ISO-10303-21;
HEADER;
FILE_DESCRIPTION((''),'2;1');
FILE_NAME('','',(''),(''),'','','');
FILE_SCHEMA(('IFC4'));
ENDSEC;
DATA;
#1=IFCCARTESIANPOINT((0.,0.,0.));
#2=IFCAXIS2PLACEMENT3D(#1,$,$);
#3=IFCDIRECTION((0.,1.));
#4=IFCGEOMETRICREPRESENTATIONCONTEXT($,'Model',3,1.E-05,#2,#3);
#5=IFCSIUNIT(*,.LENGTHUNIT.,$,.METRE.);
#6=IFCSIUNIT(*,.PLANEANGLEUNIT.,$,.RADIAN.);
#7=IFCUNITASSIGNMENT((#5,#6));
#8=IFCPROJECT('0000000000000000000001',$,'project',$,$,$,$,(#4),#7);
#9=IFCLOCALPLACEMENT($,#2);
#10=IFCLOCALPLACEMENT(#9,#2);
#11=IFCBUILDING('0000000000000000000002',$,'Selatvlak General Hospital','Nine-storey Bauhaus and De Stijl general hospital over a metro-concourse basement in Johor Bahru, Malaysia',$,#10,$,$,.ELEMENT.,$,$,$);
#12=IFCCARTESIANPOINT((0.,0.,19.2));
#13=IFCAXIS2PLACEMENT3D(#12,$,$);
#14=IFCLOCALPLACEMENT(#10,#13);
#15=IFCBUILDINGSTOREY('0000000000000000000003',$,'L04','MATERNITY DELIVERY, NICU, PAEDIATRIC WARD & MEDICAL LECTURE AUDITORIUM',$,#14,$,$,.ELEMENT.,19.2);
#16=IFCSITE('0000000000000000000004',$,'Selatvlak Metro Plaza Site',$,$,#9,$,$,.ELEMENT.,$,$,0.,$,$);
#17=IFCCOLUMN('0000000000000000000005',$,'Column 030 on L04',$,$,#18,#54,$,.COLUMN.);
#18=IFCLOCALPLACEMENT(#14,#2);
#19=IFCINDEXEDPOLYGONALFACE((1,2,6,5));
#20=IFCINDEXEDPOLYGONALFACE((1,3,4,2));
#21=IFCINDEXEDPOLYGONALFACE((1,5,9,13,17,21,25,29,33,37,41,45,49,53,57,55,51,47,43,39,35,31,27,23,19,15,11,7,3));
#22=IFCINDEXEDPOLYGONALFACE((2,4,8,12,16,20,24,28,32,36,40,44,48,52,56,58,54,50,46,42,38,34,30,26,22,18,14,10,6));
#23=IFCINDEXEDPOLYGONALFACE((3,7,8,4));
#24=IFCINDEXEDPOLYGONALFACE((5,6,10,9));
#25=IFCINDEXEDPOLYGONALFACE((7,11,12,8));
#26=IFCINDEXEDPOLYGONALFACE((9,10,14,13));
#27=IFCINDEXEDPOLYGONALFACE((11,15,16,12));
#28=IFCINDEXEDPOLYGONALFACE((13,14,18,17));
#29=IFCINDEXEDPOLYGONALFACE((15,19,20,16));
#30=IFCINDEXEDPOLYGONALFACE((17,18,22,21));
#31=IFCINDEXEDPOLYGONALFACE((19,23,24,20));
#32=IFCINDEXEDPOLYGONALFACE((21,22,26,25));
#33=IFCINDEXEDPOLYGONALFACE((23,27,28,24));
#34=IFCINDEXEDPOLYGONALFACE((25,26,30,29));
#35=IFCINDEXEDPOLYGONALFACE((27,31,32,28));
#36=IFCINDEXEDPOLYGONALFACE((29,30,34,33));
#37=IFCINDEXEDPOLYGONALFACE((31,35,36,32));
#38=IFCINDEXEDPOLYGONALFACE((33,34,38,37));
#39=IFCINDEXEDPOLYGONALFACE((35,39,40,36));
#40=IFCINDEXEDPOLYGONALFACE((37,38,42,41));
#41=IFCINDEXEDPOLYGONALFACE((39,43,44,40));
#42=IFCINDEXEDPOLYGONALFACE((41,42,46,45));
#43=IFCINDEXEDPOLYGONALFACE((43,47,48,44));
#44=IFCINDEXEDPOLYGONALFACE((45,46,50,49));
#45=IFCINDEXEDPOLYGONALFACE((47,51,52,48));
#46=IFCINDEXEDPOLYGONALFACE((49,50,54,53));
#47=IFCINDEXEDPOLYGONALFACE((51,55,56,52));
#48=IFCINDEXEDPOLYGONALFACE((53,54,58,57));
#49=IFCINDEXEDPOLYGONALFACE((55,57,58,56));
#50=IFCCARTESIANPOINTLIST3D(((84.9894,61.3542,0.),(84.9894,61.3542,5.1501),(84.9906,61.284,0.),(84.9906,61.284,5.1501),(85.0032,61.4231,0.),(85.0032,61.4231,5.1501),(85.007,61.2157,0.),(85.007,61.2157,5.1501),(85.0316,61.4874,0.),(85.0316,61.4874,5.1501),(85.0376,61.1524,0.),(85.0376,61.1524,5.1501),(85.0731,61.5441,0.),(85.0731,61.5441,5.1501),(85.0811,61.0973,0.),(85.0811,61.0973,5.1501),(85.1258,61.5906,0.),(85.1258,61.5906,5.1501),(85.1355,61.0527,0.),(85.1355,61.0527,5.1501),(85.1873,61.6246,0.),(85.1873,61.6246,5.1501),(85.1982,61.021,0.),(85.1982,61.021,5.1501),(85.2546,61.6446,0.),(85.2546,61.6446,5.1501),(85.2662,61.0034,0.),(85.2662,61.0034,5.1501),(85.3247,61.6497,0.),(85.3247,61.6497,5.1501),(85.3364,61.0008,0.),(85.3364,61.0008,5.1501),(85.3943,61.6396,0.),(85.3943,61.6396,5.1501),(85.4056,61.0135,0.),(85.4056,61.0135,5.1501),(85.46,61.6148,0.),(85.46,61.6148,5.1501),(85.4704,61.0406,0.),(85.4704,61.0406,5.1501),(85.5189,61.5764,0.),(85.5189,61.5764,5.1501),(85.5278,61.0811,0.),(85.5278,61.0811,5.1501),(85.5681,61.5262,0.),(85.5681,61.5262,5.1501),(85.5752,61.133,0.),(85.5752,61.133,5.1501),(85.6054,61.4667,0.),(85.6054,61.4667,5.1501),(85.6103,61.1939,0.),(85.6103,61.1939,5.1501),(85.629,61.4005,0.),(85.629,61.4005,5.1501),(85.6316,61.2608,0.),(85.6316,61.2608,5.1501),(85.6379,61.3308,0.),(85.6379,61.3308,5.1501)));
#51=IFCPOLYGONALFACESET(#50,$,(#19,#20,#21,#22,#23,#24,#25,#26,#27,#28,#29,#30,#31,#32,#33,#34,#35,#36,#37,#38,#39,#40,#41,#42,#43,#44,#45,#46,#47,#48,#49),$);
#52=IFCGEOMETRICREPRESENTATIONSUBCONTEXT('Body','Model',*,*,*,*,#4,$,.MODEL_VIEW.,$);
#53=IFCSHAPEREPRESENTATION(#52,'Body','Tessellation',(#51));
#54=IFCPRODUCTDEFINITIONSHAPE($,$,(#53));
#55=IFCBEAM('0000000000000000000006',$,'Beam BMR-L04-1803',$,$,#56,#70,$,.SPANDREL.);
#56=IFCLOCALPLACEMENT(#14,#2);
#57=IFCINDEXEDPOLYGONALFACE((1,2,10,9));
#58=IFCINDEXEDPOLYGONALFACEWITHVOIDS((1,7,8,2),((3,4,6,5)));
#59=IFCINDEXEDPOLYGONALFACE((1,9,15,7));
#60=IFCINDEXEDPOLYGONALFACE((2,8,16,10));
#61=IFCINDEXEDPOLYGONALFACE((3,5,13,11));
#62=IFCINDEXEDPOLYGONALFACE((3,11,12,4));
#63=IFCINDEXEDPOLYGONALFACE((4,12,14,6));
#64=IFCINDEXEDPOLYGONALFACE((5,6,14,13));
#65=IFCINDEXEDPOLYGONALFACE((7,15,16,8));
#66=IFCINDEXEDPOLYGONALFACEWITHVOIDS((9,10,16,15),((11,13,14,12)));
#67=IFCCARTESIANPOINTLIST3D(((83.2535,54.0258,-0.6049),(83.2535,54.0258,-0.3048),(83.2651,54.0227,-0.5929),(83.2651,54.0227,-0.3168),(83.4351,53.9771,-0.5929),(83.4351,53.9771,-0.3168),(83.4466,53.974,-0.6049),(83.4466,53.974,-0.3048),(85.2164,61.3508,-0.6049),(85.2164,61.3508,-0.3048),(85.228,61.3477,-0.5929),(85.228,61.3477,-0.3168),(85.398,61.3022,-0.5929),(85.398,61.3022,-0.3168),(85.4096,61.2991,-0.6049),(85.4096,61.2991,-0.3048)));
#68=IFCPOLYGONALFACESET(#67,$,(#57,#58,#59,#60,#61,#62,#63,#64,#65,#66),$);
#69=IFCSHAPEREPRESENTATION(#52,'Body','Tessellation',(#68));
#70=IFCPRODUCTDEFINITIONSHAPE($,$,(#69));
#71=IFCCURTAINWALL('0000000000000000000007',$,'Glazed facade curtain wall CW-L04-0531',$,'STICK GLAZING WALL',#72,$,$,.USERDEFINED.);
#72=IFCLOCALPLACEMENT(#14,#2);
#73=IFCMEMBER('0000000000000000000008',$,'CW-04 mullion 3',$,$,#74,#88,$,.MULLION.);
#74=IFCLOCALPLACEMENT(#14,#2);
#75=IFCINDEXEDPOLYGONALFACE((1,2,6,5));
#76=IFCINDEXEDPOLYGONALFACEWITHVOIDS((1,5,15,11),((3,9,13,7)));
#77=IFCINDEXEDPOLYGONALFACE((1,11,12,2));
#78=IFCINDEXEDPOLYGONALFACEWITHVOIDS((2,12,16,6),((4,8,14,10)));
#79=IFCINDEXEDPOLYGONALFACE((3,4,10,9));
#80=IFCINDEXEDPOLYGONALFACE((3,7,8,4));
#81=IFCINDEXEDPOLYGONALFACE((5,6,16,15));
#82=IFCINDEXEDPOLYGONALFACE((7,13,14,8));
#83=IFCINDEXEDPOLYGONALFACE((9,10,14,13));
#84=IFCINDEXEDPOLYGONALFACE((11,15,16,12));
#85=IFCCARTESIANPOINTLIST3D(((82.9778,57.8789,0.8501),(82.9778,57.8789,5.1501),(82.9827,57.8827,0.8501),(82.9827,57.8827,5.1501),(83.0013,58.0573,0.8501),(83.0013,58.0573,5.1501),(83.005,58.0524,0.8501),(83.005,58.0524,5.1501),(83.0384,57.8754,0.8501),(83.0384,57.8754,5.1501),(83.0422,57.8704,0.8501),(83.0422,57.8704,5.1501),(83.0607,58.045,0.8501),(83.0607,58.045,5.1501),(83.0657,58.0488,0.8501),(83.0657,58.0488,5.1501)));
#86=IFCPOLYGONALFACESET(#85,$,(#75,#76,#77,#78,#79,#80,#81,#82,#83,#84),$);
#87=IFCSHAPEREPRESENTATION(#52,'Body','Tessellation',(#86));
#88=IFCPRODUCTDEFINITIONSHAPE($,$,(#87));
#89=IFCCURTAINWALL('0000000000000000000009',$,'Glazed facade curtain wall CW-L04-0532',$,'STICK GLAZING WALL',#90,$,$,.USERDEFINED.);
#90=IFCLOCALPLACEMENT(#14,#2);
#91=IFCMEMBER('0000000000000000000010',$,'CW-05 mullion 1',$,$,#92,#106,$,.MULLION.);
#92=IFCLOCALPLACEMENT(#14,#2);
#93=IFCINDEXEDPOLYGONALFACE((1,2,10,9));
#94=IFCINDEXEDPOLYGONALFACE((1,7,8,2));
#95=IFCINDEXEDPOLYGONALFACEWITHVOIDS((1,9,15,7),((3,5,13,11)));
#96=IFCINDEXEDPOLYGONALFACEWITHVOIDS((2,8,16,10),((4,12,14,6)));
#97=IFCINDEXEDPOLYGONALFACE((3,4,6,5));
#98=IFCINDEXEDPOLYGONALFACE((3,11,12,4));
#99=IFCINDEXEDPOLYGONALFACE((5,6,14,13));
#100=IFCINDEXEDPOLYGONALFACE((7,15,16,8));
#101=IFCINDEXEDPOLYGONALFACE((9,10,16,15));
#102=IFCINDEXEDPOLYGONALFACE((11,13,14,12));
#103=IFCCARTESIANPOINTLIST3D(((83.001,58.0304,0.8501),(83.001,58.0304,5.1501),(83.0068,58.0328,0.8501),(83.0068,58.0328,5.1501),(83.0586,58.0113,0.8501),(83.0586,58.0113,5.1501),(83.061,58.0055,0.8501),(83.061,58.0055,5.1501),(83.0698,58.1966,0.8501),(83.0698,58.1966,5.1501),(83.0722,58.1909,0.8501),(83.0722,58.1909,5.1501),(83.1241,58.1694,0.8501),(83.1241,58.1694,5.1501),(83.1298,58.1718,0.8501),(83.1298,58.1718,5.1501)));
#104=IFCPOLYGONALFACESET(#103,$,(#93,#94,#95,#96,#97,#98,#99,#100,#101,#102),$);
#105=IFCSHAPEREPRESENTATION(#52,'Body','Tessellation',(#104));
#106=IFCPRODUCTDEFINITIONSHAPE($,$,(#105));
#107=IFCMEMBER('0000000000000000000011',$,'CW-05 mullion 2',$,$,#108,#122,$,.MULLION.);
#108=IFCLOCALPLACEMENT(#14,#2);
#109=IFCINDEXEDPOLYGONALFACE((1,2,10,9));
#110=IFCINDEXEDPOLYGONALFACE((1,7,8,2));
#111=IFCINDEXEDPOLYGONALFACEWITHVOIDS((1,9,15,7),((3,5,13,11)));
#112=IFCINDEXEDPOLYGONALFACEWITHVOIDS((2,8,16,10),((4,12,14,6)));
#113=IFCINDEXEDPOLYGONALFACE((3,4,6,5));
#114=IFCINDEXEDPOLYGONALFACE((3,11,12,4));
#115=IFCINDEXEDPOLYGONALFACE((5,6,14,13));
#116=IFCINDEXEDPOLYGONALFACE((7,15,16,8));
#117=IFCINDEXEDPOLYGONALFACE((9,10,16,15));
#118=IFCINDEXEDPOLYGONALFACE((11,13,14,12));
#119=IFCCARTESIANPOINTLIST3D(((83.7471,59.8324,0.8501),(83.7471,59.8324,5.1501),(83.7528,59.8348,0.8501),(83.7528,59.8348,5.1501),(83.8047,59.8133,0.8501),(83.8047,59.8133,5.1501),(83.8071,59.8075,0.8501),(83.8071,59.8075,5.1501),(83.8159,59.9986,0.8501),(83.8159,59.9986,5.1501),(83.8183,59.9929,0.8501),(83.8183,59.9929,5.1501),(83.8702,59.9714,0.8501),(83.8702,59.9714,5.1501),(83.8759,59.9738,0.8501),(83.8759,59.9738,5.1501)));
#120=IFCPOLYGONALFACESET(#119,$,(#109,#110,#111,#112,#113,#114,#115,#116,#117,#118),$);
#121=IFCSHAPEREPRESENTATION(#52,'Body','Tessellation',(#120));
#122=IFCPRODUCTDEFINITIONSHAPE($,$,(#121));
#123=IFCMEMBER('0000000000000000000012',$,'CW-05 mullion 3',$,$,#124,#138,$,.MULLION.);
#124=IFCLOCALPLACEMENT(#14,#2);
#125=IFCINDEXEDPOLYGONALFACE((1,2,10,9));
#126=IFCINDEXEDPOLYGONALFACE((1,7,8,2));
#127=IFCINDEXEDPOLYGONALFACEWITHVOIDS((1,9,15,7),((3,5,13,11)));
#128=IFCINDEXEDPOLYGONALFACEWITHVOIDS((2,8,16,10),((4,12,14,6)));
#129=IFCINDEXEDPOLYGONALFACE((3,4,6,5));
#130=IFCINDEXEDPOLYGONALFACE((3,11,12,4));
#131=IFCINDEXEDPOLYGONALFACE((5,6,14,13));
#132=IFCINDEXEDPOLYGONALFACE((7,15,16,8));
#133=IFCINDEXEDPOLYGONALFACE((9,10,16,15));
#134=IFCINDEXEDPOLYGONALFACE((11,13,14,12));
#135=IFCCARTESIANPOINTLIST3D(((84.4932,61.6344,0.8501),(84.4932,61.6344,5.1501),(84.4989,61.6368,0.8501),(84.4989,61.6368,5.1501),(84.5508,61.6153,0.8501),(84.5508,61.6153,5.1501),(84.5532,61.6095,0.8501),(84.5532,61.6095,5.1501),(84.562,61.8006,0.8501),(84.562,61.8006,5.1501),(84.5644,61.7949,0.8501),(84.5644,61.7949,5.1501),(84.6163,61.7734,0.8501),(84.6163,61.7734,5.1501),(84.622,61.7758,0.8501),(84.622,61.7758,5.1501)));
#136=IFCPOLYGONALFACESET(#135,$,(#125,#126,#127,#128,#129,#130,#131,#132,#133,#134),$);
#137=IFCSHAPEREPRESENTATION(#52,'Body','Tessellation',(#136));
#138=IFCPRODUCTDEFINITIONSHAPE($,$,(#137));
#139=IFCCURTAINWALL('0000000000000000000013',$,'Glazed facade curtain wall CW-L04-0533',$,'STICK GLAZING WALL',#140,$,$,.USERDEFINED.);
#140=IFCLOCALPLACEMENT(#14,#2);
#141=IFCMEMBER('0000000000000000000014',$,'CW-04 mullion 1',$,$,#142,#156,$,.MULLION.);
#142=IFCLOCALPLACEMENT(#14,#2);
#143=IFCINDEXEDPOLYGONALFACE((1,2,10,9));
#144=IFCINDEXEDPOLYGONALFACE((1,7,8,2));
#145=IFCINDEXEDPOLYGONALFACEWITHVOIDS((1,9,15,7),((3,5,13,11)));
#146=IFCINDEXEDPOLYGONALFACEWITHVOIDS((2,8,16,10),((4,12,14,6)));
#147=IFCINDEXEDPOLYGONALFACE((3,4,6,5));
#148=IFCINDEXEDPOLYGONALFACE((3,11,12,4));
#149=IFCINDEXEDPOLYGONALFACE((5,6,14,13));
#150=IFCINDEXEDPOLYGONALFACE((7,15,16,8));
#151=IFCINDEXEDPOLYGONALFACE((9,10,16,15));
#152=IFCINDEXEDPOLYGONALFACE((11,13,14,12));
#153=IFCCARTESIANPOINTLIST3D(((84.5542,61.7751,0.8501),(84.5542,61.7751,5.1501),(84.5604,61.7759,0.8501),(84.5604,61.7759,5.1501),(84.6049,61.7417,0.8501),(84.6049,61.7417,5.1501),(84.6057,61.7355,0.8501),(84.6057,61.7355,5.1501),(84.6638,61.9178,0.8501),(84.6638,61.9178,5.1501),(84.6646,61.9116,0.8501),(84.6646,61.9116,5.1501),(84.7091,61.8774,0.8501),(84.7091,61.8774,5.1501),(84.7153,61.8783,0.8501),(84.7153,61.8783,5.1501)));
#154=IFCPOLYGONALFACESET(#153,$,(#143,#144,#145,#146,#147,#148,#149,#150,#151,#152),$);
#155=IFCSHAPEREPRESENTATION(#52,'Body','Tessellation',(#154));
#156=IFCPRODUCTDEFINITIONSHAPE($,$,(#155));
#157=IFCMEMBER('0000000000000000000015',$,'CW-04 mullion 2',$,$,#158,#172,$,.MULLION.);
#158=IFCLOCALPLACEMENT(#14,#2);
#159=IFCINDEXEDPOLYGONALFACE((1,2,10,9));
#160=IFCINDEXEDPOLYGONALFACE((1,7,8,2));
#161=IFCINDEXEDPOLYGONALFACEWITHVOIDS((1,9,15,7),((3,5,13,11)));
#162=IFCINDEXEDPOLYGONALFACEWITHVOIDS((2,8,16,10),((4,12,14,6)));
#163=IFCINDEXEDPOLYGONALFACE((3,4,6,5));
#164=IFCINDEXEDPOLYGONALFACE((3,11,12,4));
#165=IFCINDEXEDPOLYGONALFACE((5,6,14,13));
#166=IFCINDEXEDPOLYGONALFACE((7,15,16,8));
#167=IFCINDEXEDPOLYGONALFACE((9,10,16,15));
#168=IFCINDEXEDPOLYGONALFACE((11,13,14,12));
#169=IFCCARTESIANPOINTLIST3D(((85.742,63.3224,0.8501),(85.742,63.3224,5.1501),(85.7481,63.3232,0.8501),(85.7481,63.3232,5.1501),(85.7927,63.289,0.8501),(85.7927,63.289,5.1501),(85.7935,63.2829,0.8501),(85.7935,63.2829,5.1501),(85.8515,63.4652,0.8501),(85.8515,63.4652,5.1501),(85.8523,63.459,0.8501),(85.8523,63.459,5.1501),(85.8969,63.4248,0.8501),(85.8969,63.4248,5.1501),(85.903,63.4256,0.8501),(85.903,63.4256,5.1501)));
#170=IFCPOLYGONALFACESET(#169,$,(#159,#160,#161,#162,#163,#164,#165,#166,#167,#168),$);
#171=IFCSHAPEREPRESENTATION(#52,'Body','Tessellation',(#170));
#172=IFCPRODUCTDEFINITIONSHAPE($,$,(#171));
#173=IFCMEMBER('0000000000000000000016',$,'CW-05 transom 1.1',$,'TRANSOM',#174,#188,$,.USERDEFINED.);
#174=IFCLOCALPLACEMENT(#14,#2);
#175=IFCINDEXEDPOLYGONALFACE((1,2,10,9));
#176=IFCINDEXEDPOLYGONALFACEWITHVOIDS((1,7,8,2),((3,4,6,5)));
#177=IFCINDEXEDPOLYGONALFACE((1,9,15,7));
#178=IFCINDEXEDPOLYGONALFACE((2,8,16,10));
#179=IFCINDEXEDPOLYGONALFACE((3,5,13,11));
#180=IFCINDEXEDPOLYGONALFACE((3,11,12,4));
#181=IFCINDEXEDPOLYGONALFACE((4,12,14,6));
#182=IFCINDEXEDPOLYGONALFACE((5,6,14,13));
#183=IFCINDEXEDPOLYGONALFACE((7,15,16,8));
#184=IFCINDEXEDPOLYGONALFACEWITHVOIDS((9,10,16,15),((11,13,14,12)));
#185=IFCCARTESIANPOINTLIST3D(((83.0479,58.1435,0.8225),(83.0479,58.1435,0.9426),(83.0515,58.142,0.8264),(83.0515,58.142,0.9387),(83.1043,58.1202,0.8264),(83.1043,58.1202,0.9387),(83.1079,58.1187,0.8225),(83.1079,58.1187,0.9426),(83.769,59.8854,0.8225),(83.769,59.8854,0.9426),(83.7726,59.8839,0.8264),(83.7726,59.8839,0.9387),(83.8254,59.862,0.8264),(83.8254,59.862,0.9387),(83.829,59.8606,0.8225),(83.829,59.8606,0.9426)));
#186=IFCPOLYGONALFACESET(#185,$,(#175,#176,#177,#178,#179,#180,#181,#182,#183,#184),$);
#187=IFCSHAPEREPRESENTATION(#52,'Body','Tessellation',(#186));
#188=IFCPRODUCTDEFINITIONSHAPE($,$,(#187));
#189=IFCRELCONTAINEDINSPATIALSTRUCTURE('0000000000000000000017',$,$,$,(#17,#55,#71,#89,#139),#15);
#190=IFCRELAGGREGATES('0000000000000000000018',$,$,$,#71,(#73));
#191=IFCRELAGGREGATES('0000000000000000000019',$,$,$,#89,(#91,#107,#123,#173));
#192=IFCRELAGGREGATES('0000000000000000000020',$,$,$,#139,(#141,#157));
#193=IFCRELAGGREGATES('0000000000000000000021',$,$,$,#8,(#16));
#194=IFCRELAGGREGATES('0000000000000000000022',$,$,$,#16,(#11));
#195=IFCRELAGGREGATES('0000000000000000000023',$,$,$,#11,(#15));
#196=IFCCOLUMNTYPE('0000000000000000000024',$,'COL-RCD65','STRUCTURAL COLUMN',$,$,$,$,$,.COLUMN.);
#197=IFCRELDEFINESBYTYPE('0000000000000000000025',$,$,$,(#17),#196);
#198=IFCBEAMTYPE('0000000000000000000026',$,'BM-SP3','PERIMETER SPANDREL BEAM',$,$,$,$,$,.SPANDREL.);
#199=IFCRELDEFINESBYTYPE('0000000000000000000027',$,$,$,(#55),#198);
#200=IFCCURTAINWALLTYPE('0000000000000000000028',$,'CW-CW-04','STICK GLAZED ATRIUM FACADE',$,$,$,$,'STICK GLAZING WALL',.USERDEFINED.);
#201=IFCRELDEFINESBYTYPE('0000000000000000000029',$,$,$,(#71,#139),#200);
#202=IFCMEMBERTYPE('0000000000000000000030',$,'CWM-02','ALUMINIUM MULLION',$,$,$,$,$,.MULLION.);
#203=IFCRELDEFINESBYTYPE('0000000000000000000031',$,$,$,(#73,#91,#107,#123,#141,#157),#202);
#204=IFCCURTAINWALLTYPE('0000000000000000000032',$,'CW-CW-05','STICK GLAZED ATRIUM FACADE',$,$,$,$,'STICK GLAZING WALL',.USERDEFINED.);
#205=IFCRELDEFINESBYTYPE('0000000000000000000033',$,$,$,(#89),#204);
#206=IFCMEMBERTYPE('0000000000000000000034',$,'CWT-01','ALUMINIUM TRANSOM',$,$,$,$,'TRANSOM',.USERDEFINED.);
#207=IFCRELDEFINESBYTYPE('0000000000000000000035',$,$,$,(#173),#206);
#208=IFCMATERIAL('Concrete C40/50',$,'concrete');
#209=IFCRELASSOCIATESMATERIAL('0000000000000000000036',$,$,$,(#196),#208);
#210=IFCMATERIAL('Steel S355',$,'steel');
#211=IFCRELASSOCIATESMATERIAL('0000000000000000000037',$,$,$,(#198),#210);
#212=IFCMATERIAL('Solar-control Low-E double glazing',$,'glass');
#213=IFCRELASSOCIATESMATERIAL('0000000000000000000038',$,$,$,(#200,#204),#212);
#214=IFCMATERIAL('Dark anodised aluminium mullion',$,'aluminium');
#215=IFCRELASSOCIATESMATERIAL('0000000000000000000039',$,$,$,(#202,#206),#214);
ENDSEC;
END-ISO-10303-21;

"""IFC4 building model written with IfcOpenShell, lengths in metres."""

from ifc_helpers import new_model, si_unit, direction, frame, origin, origin_2d, place, context, subcontext, project, spatial, hollow_rectangle, circle, extrude, material, material_profile, profile_set, type_object, element, aggregate, save


model = new_model("IFC4")

# Units and contexts
model_context = context("Model", 3, precision=1e-05, world=origin(), true_north=direction((0.0, 1.0)))
body_context = subcontext(model_context, "Body", "Model", "MODEL_VIEW")
ifc_project = project(units=[si_unit("LENGTHUNIT", "METRE"), si_unit("PLANEANGLEUNIT", "RADIAN")], contexts=[model_context])

# Site, building, storey
site_placement = place(None, origin())
site = spatial("IfcSite", under=ifc_project, at=site_placement, Name="Selatvlak Metro Plaza Site", CompositionType="ELEMENT", RefElevation=0.0)
building_placement = place(site_placement, origin())
building = spatial("IfcBuilding", under=site, at=building_placement, Name="Selatvlak General Hospital", Description="Nine-storey Bauhaus and De Stijl general hospital over a metro-concourse basement in Johor Bahru, Malaysia", CompositionType="ELEMENT")
storey_placement = place(building_placement, frame((0.0, 0.0, 19.2)))
storey = spatial("IfcBuildingStorey", under=building, at=storey_placement, Name="L04", Description="MATERNITY DELIVERY, NICU, PAEDIATRIC WARD & MEDICAL LECTURE AUDITORIUM", CompositionType="ELEMENT", Elevation=19.2)

# Column
ifc_material_1 = material(Name="Concrete C40/50", Category="concrete")
ifc_material_profile_1 = material_profile(ifc_material_1, circle(Radius=0.325, at=origin_2d()), Name="RC-COL D650")
ifc_profile_set_1 = profile_set([ifc_material_profile_1], Name="Concrete C40/50")
column_type = type_object("IfcColumnType", Name="COL-RCD65", Description="STRUCTURAL COLUMN", PredefinedType="COLUMN", material=ifc_profile_set_1)
column_placement = place(storey_placement, frame((85.313, 61.325, 0.0), z_axis=(0.0, 0.0, 1.0), x_axis=(-0.866025, 0.5, 0.0)))
element("IfcColumn", 1, at=column_placement, inside=storey, type_object=column_type, Name="Column 030 on L04", PredefinedType="COLUMN", context=body_context, shape_type="SweptSolid", body=[
    extrude(circle(Radius=0.325, at=origin_2d()), origin(), (0.0, 0.0, 1.0), 5.1501),
])

# Beam
ifc_material_2 = material(Name="Steel S355", Category="steel")
ifc_material_profile_2 = material_profile(ifc_material_2, hollow_rectangle(XDim=0.2, YDim=0.3, WallThickness=0.012, at=origin_2d()), Name="RHS 300x200x12")
ifc_profile_set_2 = profile_set([ifc_material_profile_2], Name="Steel S355")
beam_type = type_object("IfcBeamType", Name="BM-SP3", Description="PERIMETER SPANDREL BEAM", PredefinedType="SPANDREL", material=ifc_profile_set_2)
beam_placement = place(storey_placement, frame((85.313, 61.325, -0.4548), z_axis=(-0.258841, -0.96592, 0.0), x_axis=(0.96592, -0.258841, 0.0)))
element("IfcBeam", 2, at=beam_placement, inside=storey, type_object=beam_type, Name="Beam BMR-L04-1803", PredefinedType="SPANDREL", context=body_context, shape_type="SweptSolid", body=[
    extrude(hollow_rectangle(XDim=0.2, YDim=0.3, WallThickness=0.012, at=origin_2d()), origin(), (0.0, 0.0, 1.0), 7.5835),
])

# Curtain wall, member
ifc_material_3 = material(Name="Solar-control Low-E double glazing", Category="glass")
curtain_wall_type_1 = type_object("IfcCurtainWallType", Name="CW-CW-04", Description="STICK GLAZED ATRIUM FACADE", ElementType="STICK GLAZING WALL", PredefinedType="USERDEFINED", material=ifc_material_3)
curtain_wall_1_placement = place(storey_placement, origin())
curtain_wall_1 = element("IfcCurtainWall", 3, at=curtain_wall_1_placement, inside=storey, type_object=curtain_wall_type_1, Name="Glazed facade curtain wall CW-L04-0531", ObjectType="STICK GLAZING WALL", PredefinedType="USERDEFINED")
ifc_material_4 = material(Name="Dark anodised aluminium mullion", Category="aluminium")
ifc_material_profile_3 = material_profile(ifc_material_4, hollow_rectangle(XDim=0.0649, YDim=0.1799, WallThickness=0.0044, at=origin_2d()), Name="AL-MUL 65x180x4.5")
ifc_profile_set_3 = profile_set([ifc_material_profile_3], Name="Dark anodised aluminium mullion")
member_type_1 = type_object("IfcMemberType", Name="CWM-02", Description="ALUMINIUM MULLION", PredefinedType="MULLION", material=ifc_profile_set_3)
member_1_placement = place(storey_placement, frame((83.0217, 57.9639, 0.8501), z_axis=(0.0, 0.0, 1.0), x_axis=(-0.991466, 0.130363, 0.0)))
member_1 = element("IfcMember", 4, at=member_1_placement, type_object=member_type_1, Name="CW-04 mullion 3", PredefinedType="MULLION", context=body_context, shape_type="SweptSolid", body=[
    extrude(hollow_rectangle(XDim=0.0649, YDim=0.1799, WallThickness=0.0044, at=origin_2d()), origin(), (0.0, 0.0, 1.0), 4.3),
])

# Curtain walls, members
curtain_wall_type_2 = type_object("IfcCurtainWallType", Name="CW-CW-05", Description="STICK GLAZED ATRIUM FACADE", ElementType="STICK GLAZING WALL", PredefinedType="USERDEFINED", material=ifc_material_3)
curtain_wall_2_placement = place(storey_placement, origin())
curtain_wall_2 = element("IfcCurtainWall", 5, at=curtain_wall_2_placement, inside=storey, type_object=curtain_wall_type_2, Name="Glazed facade curtain wall CW-L04-0532", ObjectType="STICK GLAZING WALL", PredefinedType="USERDEFINED")
member_2_placement = place(storey_placement, frame((83.0654, 58.1011, 0.8501), z_axis=(0.0, 0.0, 1.0), x_axis=(-0.92394, 0.382537, 0.0)))
member_2 = element("IfcMember", 6, at=member_2_placement, type_object=member_type_1, Name="CW-05 mullion 1", PredefinedType="MULLION", context=body_context, shape_type="SweptSolid", body=[
    extrude(hollow_rectangle(XDim=0.0649, YDim=0.1799, WallThickness=0.0044, at=origin_2d()), origin(), (0.0, 0.0, 1.0), 4.3),
])
member_3_placement = place(storey_placement, frame((83.8115, 59.9031, 0.8501), z_axis=(0.0, 0.0, 1.0), x_axis=(-0.92394, 0.382537, 0.0)))
member_3 = element("IfcMember", 7, at=member_3_placement, type_object=member_type_1, Name="CW-05 mullion 2", PredefinedType="MULLION", context=body_context, shape_type="SweptSolid", body=[
    extrude(hollow_rectangle(XDim=0.0649, YDim=0.1799, WallThickness=0.0044, at=origin_2d()), origin(), (0.0, 0.0, 1.0), 4.3),
])
member_4_placement = place(storey_placement, frame((84.5576, 61.7051, 0.8501), z_axis=(0.0, 0.0, 1.0), x_axis=(-0.92394, 0.382537, 0.0)))
member_4 = element("IfcMember", 8, at=member_4_placement, type_object=member_type_1, Name="CW-05 mullion 3", PredefinedType="MULLION", context=body_context, shape_type="SweptSolid", body=[
    extrude(hollow_rectangle(XDim=0.0649, YDim=0.1799, WallThickness=0.0044, at=origin_2d()), origin(), (0.0, 0.0, 1.0), 4.3),
])
curtain_wall_3_placement = place(storey_placement, origin())
curtain_wall_3 = element("IfcCurtainWall", 9, at=curtain_wall_3_placement, inside=storey, type_object=curtain_wall_type_1, Name="Glazed facade curtain wall CW-L04-0533", ObjectType="STICK GLAZING WALL", PredefinedType="USERDEFINED")
member_5_placement = place(storey_placement, frame((84.6348, 61.8267, 0.8501), z_axis=(0.0, 0.0, 1.0), x_axis=(-0.793233, 0.608918, 0.0)))
member_5 = element("IfcMember", 10, at=member_5_placement, type_object=member_type_1, Name="CW-04 mullion 1", PredefinedType="MULLION", context=body_context, shape_type="SweptSolid", body=[
    extrude(hollow_rectangle(XDim=0.0649, YDim=0.1799, WallThickness=0.0044, at=origin_2d()), origin(), (0.0, 0.0, 1.0), 4.3),
])
member_6_placement = place(storey_placement, frame((85.8225, 63.374, 0.8501), z_axis=(0.0, 0.0, 1.0), x_axis=(-0.793233, 0.608918, 0.0)))
member_6 = element("IfcMember", 11, at=member_6_placement, type_object=member_type_1, Name="CW-04 mullion 2", PredefinedType="MULLION", context=body_context, shape_type="SweptSolid", body=[
    extrude(hollow_rectangle(XDim=0.0649, YDim=0.1799, WallThickness=0.0044, at=origin_2d()), origin(), (0.0, 0.0, 1.0), 4.3),
])

# Member
ifc_material_profile_4 = material_profile(ifc_material_4, hollow_rectangle(XDim=0.0649, YDim=0.1201, WallThickness=0.0039, at=origin_2d()), Name="AL-TRN 65x120x4")
ifc_profile_set_4 = profile_set([ifc_material_profile_4], Name="Dark anodised aluminium mullion")
member_type_2 = type_object("IfcMemberType", Name="CWT-01", Description="ALUMINIUM TRANSOM", ElementType="TRANSOM", PredefinedType="USERDEFINED", material=ifc_profile_set_4)
member_7_placement = place(storey_placement, frame((83.0779, 58.1311, 0.8826), z_axis=(0.382527, 0.923944, 0.0), x_axis=(-0.923944, 0.382527, 0.0)))
member_7 = element("IfcMember", 12, at=member_7_placement, type_object=member_type_2, Name="CW-05 transom 1.1", ObjectType="TRANSOM", PredefinedType="USERDEFINED", context=body_context, shape_type="SweptSolid", body=[
    extrude(hollow_rectangle(XDim=0.0649, YDim=0.1201, WallThickness=0.0039, at=origin_2d()), origin(), (0.0, 0.0, 1.0), 1.8853),
])

aggregate(curtain_wall_1, [member_1])
aggregate(curtain_wall_2, [member_2, member_3, member_4, member_7])
aggregate(curtain_wall_3, [member_5, member_6])

save(model, "model.ifc")
